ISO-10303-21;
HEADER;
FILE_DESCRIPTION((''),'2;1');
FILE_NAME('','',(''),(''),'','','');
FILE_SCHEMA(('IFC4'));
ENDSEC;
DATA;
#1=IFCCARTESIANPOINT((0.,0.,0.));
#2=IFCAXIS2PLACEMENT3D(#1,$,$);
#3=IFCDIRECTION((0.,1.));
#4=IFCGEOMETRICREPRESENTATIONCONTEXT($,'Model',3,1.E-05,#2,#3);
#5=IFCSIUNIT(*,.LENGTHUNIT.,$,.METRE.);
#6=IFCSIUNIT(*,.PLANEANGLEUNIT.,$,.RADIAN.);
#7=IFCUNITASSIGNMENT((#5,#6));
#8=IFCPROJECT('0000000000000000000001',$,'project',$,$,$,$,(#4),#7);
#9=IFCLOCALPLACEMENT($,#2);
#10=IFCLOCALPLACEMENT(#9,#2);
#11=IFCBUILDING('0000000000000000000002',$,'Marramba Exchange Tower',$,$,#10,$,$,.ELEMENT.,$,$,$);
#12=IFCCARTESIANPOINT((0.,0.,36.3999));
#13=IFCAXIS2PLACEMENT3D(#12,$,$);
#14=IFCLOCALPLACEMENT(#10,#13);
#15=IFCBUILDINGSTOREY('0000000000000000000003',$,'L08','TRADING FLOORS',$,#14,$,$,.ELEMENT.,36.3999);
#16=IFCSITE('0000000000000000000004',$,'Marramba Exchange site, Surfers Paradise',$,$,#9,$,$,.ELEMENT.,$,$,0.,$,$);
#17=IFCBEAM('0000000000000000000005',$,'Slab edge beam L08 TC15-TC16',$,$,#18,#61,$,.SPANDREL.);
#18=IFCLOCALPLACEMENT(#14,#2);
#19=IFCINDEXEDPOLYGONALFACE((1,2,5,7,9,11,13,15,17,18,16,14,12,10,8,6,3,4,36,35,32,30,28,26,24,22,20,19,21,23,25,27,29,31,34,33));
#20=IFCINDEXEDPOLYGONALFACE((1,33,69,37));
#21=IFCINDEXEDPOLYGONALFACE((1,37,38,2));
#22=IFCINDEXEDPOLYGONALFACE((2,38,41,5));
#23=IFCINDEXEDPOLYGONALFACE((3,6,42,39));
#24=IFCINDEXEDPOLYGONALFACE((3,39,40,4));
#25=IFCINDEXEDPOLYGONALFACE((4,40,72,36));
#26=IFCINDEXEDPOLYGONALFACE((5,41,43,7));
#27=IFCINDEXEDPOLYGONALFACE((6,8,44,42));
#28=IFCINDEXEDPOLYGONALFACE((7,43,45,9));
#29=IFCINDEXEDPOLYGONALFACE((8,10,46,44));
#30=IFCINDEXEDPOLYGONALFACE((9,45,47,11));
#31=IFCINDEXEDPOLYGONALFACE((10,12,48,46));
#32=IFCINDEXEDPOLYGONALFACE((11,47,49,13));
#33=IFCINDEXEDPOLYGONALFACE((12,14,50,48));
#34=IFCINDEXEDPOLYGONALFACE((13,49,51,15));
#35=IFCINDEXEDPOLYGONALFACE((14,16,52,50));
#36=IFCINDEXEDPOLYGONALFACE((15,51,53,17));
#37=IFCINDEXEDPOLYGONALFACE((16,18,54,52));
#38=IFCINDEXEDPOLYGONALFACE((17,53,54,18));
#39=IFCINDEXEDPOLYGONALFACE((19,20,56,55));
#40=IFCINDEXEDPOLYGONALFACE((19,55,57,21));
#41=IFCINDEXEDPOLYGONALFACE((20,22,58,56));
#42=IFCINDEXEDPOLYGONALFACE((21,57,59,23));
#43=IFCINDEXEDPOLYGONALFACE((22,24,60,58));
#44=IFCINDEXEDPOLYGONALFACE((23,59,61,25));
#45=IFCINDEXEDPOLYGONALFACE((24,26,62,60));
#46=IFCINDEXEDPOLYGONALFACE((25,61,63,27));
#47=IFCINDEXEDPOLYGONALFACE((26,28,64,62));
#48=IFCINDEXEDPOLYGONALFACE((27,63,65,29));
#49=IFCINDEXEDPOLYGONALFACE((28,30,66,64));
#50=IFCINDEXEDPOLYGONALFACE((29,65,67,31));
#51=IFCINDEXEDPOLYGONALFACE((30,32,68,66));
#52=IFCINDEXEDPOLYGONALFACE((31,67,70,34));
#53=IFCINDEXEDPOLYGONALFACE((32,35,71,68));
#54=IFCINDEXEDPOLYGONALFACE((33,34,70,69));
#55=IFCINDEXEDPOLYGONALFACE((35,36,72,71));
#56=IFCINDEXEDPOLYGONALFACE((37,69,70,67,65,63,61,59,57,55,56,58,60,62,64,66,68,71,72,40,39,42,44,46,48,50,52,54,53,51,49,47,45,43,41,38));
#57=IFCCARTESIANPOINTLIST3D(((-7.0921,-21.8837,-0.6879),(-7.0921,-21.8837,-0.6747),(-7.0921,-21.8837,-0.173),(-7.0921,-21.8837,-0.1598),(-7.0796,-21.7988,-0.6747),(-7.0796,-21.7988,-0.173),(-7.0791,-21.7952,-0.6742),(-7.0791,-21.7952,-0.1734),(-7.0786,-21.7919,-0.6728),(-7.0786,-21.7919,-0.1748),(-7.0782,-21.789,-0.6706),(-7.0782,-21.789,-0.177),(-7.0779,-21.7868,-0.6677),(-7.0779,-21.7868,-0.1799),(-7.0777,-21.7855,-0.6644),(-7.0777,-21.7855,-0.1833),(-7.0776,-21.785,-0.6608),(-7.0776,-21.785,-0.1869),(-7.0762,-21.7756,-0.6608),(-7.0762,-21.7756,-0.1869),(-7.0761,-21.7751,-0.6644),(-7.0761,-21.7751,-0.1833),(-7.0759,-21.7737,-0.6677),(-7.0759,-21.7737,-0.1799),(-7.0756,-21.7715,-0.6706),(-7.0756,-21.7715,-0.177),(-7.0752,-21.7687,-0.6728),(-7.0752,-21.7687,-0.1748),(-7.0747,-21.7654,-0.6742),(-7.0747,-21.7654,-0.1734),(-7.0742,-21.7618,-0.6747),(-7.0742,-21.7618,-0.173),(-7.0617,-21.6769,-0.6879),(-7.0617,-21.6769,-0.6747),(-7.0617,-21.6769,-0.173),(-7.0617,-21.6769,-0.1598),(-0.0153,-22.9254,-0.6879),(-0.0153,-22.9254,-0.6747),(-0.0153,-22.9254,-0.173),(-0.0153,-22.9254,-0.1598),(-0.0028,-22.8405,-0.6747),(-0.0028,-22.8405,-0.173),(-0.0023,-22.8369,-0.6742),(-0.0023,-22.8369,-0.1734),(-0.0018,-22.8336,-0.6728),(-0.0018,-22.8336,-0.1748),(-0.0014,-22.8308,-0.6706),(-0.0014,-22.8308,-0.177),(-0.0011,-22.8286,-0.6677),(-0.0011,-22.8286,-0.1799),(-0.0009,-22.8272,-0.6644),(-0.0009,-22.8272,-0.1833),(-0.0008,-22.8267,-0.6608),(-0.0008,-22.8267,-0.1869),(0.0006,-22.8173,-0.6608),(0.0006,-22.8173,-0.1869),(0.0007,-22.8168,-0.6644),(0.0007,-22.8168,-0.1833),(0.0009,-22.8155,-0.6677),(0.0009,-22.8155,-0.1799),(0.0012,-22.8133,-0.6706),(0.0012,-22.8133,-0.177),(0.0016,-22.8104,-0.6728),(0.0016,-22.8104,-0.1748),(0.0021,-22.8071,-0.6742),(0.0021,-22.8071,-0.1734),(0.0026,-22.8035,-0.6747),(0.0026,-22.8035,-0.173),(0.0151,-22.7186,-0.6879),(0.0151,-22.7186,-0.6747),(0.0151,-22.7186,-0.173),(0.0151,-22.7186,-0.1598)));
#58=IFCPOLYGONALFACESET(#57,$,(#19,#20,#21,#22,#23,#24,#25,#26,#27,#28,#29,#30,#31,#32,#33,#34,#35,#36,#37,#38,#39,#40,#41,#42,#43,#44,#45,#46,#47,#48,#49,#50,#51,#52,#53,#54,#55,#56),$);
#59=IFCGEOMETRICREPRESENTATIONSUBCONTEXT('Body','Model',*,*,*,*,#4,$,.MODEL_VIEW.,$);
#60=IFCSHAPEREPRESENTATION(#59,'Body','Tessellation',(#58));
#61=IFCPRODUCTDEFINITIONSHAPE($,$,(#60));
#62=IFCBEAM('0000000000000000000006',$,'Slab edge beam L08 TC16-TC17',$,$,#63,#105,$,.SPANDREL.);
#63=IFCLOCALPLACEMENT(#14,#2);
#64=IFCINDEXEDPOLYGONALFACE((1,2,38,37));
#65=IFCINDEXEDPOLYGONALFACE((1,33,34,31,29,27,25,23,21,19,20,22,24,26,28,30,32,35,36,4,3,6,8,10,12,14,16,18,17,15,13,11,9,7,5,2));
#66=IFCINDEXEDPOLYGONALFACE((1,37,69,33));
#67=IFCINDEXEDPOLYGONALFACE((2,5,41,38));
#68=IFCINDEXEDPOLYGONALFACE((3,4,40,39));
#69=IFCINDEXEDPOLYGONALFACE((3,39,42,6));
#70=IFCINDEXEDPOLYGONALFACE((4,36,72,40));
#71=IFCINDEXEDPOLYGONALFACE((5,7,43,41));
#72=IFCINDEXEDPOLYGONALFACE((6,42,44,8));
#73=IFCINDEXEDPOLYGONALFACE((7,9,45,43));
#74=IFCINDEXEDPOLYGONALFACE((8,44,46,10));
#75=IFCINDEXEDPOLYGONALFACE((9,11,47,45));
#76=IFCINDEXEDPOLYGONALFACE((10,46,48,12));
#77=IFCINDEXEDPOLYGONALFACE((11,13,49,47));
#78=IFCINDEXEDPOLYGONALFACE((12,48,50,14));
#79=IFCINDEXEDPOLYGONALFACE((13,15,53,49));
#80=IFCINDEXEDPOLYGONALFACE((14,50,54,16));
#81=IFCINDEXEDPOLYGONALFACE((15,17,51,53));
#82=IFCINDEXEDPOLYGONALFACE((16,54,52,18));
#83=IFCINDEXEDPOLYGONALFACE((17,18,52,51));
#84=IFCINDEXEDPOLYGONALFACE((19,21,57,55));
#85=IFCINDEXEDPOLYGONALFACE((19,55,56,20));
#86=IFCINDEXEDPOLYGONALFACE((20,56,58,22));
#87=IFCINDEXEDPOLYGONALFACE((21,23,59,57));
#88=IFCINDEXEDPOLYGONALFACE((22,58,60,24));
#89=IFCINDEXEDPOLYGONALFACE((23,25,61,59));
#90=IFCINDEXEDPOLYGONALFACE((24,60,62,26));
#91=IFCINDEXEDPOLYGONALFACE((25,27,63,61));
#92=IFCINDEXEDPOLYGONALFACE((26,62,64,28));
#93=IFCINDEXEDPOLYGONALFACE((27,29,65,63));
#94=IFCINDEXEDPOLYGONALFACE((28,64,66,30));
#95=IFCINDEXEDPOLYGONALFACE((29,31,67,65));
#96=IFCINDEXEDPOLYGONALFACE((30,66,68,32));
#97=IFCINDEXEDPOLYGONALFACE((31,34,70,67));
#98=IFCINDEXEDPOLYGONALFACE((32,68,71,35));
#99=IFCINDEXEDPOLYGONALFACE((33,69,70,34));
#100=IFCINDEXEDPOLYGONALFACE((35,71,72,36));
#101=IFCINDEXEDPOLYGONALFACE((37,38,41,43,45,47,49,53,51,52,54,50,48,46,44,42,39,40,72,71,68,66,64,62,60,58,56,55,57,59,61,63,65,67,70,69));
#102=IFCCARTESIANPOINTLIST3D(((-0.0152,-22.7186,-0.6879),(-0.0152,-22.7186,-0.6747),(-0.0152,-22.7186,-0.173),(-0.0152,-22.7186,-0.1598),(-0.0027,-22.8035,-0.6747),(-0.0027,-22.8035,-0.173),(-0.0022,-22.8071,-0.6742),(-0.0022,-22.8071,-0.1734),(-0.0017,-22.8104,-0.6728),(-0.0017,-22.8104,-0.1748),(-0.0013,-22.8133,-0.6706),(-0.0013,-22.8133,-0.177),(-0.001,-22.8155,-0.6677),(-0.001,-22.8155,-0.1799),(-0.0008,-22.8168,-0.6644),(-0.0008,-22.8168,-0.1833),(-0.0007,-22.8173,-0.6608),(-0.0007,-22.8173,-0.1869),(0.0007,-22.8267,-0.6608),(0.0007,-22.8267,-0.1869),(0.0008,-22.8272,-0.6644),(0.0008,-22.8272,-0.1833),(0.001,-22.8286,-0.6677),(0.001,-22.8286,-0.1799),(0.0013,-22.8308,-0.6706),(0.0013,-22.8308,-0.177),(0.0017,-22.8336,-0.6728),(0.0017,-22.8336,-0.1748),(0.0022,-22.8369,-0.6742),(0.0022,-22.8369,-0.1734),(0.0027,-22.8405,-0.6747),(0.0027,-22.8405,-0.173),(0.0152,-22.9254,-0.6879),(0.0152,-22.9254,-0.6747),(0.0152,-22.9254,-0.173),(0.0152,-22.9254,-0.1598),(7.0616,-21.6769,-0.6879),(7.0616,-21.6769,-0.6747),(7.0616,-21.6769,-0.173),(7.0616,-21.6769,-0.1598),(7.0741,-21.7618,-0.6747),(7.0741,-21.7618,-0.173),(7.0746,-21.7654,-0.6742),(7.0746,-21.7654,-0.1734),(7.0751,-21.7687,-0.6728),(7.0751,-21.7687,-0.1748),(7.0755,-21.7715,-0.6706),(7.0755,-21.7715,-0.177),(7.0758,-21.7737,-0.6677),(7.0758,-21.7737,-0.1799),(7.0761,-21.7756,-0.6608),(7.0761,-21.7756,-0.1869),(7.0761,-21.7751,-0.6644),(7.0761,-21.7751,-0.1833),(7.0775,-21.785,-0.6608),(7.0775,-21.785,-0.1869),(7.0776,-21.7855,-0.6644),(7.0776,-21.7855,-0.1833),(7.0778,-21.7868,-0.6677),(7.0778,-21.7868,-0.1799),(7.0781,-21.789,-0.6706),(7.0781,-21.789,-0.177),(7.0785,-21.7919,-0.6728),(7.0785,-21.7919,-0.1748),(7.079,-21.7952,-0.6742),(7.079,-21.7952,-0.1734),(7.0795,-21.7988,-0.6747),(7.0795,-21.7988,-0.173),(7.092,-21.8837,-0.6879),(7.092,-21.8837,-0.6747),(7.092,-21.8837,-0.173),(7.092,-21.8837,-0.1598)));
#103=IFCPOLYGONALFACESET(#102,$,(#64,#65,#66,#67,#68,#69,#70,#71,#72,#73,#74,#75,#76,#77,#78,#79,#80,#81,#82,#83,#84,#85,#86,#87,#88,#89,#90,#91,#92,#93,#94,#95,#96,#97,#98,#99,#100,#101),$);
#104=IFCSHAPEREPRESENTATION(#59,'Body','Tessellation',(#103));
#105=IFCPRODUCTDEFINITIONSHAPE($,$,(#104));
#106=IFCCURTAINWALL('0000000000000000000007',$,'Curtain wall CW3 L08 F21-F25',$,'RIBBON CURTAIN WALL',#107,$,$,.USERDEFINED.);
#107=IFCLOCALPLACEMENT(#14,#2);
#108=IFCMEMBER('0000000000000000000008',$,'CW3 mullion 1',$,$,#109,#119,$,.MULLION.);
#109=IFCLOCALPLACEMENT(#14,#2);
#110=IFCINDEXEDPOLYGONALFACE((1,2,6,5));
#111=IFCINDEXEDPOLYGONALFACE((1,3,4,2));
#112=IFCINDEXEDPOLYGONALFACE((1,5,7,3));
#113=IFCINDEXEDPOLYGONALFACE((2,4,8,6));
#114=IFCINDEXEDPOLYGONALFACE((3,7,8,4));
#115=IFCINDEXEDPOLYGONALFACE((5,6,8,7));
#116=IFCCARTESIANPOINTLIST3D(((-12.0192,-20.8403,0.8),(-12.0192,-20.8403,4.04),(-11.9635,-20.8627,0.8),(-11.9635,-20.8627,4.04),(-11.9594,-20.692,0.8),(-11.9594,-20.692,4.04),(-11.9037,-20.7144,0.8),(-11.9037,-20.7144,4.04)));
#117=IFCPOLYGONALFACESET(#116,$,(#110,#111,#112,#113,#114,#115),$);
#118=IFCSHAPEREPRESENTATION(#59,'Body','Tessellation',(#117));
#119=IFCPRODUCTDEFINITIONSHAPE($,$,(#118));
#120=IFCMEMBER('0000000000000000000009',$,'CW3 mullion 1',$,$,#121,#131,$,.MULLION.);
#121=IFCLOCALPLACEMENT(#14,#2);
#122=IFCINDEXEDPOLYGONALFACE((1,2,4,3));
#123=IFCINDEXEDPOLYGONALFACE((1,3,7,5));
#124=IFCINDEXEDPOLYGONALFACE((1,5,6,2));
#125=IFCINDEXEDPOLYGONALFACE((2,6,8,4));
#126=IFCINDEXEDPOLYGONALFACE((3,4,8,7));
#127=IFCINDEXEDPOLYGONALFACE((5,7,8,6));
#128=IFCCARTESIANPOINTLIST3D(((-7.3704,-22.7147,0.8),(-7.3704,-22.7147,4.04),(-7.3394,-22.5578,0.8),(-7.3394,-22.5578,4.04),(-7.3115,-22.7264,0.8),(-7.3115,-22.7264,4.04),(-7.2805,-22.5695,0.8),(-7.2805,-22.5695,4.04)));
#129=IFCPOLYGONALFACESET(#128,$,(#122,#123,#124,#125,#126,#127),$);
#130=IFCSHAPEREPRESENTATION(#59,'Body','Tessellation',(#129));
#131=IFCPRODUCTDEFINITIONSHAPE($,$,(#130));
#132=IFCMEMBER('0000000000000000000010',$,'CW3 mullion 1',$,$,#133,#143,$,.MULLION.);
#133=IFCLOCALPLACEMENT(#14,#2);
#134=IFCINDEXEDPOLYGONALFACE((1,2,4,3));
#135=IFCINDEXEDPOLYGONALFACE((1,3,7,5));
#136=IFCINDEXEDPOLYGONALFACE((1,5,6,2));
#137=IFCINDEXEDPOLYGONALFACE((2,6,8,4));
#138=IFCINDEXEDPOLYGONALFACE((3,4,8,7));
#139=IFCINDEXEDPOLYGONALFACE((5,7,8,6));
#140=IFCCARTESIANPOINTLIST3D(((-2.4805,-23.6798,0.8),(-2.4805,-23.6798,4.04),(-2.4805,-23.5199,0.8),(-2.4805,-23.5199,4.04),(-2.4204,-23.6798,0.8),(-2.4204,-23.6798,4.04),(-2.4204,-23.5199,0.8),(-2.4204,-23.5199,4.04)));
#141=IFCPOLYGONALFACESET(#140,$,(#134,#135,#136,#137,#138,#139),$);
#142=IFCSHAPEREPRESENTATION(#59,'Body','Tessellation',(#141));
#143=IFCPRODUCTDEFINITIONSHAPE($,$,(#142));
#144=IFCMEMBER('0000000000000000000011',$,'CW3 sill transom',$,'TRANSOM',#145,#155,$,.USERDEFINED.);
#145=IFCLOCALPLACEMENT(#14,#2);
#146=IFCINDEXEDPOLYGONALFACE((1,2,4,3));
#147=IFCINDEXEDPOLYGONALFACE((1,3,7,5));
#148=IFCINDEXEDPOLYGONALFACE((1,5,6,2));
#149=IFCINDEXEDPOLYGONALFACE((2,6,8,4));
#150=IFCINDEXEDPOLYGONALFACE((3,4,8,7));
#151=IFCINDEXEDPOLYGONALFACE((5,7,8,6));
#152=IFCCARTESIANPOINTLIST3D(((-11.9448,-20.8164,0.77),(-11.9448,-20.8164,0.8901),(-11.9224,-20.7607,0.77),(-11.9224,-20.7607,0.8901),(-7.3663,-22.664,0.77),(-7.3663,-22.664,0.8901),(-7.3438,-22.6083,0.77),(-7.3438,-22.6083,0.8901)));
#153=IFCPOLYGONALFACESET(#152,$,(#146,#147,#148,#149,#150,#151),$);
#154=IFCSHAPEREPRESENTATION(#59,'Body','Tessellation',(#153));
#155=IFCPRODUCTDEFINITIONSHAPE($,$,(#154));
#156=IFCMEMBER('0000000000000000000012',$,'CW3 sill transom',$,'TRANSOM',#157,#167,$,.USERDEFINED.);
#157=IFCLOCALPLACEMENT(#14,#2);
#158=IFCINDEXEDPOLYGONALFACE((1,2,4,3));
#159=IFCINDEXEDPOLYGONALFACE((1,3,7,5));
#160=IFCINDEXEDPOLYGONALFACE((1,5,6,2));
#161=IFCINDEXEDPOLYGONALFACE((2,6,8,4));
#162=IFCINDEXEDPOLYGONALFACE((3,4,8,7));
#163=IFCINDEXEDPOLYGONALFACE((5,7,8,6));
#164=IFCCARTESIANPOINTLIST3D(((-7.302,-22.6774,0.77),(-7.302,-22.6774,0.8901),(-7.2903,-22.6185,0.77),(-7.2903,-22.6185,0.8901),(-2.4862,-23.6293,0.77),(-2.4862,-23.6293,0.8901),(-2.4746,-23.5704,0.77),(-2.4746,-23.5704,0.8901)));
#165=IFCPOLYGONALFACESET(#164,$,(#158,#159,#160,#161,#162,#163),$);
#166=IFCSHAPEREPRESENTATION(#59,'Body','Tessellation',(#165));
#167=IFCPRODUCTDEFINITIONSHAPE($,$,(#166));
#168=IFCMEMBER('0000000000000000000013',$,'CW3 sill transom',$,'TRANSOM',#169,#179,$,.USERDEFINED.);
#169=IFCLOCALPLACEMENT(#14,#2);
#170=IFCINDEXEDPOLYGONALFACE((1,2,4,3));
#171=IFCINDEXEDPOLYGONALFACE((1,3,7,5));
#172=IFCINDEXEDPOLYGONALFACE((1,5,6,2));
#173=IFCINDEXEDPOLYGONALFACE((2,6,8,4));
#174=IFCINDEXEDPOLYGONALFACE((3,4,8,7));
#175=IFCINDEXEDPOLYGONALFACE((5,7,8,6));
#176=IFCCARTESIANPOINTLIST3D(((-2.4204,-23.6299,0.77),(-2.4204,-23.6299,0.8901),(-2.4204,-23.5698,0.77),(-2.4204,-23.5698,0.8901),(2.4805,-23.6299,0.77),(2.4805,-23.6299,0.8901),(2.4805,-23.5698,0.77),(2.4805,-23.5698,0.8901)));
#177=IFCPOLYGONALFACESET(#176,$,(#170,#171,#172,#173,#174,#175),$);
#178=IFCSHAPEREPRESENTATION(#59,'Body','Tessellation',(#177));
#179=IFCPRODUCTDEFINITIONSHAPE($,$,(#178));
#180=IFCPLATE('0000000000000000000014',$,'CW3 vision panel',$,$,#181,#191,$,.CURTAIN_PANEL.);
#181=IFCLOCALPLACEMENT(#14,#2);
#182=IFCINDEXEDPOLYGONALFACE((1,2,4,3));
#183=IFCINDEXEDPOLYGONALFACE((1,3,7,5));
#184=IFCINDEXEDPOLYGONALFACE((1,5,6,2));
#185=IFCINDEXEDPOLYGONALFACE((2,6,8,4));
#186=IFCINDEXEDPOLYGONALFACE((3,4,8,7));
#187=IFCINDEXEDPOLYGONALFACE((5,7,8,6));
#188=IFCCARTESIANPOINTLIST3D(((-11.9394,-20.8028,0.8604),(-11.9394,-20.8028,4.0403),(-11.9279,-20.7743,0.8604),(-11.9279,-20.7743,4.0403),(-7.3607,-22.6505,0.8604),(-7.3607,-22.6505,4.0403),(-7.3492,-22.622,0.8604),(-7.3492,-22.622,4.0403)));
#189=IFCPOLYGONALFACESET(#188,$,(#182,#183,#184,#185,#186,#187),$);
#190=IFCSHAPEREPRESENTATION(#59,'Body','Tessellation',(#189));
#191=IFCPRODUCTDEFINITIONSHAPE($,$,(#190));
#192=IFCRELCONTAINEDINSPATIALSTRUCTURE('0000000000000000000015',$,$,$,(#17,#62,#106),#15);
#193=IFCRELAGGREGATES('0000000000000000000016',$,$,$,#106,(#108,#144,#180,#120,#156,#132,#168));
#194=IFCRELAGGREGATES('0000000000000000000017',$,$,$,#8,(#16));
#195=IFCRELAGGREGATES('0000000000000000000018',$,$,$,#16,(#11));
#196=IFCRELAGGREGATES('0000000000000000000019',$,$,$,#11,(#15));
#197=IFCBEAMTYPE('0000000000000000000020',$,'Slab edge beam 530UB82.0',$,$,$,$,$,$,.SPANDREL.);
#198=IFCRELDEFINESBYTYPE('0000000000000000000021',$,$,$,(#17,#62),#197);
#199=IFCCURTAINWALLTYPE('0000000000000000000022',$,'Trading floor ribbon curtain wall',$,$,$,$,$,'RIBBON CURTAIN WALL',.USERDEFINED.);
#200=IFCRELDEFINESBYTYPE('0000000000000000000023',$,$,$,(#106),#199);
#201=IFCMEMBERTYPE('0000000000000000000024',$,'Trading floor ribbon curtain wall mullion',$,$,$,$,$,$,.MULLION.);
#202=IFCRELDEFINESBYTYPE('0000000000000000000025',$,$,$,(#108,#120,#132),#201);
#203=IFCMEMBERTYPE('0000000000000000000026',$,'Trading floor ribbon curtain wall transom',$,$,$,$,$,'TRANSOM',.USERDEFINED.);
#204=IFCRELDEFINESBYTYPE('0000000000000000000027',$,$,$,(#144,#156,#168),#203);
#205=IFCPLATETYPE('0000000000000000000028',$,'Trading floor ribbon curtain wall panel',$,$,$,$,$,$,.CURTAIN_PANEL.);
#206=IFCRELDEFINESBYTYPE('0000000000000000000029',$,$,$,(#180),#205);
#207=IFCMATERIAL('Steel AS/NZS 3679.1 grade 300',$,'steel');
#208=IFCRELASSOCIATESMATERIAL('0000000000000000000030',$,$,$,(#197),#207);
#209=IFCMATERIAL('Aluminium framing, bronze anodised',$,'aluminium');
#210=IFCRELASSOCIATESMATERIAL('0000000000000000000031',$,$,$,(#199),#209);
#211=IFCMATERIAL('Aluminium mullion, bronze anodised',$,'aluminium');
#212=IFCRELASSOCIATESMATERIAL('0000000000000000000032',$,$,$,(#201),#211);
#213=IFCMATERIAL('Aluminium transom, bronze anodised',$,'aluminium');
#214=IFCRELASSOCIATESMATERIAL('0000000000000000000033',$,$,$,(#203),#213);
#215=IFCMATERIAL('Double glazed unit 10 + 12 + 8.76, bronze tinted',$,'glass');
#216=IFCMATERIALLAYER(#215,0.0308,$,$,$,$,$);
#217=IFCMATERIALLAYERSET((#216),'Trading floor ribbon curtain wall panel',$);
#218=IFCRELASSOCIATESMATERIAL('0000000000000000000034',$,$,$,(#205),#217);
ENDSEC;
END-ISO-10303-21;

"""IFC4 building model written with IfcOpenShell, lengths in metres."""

from ifc_helpers import new_model, si_unit, direction, frame, origin, origin_2d, place, context, subcontext, project, spatial, rectangle, i_section, extrude, material, layer, layer_set, material_profile, profile_set, type_object, element, aggregate, save


model = new_model("IFC4")

# Units and contexts
model_context = context("Model", 3, precision=1e-05, world=origin(), true_north=direction((0.0, 1.0)))
body_context = subcontext(model_context, "Body", "Model", "MODEL_VIEW")
ifc_project = project(units=[si_unit("LENGTHUNIT", "METRE"), si_unit("PLANEANGLEUNIT", "RADIAN")], contexts=[model_context])

# Site, building, storey
site_placement = place(None, origin())
site = spatial("IfcSite", under=ifc_project, at=site_placement, Name="Marramba Exchange site, Surfers Paradise", CompositionType="ELEMENT", RefElevation=0.0)
building_placement = place(site_placement, origin())
building = spatial("IfcBuilding", under=site, at=building_placement, Name="Marramba Exchange Tower", CompositionType="ELEMENT")
storey_placement = place(building_placement, frame((0.0, 0.0, 36.3999)))
storey = spatial("IfcBuildingStorey", under=building, at=storey_placement, Name="L08", Description="TRADING FLOORS", CompositionType="ELEMENT", Elevation=36.3999)

# Beams
ifc_material_1 = material(Name="Steel AS/NZS 3679.1 grade 300", Category="steel")
ifc_material_profile_1 = material_profile(ifc_material_1, i_section(OverallWidth=0.209, OverallDepth=0.5281, WebThickness=0.0095, FlangeThickness=0.0132, FilletRadius=0.0139, at=origin_2d()), Name="530UB82.0")
ifc_profile_set_1 = profile_set([ifc_material_profile_1], Name="Steel AS/NZS 3679.1 grade 300")
beam_type_1 = type_object("IfcBeamType", Name="Slab edge beam 530UB82.0", PredefinedType="SPANDREL", material=ifc_profile_set_1)
for number, where, z_axis, x_axis, name in (
    (1, (-7.0769, -21.7803, -0.4238), (0.989338, -0.145634, 0.0), (0.145634, 0.989338, 0.0), "Slab edge beam L08 TC15-TC16"),
    (2, (0.0, -22.822, -0.4238), (0.989338, 0.145634, 0.0), (-0.145634, 0.989338, 0.0), "Slab edge beam L08 TC16-TC17"),
):
    element("IfcBeam", number, at=place(storey_placement, frame(where, z_axis=z_axis, x_axis=x_axis)), inside=storey, type_object=beam_type_1, Name=name, PredefinedType="SPANDREL", context=body_context, shape_type="SweptSolid", body=[
        extrude(i_section(OverallWidth=0.209, OverallDepth=0.5281, WebThickness=0.0095, FlangeThickness=0.0132, FilletRadius=0.0139, at=origin_2d()), origin(), (0.0, 0.0, 1.0), 7.1531),
    ])

# Curtain wall, members, plate
ifc_material_2 = material(Name="Aluminium framing, bronze anodised", Category="aluminium")
curtain_wall_type = type_object("IfcCurtainWallType", Name="Trading floor ribbon curtain wall", ElementType="RIBBON CURTAIN WALL", PredefinedType="USERDEFINED", material=ifc_material_2)
curtain_wall_placement = place(storey_placement, origin())
curtain_wall = element("IfcCurtainWall", 3, at=curtain_wall_placement, inside=storey, type_object=curtain_wall_type, Name="Curtain wall CW3 L08 F21-F25", ObjectType="RIBBON CURTAIN WALL", PredefinedType="USERDEFINED")
ifc_material_3 = material(Name="Aluminium mullion, bronze anodised", Category="aluminium")
ifc_material_profile_2 = material_profile(ifc_material_3, rectangle(XDim=0.1599, YDim=0.0601, at=origin_2d()), Name="CW3 mullion 60x160")
ifc_profile_set_2 = profile_set([ifc_material_profile_2], Name="Aluminium mullion, bronze anodised")
member_type_1 = type_object("IfcMemberType", Name="Trading floor ribbon curtain wall mullion", PredefinedType="MULLION", material=ifc_profile_set_2)
member_1_placement = place(storey_placement, frame((-11.9614, -20.7773, 0.8), z_axis=(0.0, 0.0, 1.0), x_axis=(0.374218, 0.927341, 0.0)))
member_1 = element("IfcMember", 4, at=member_1_placement, type_object=member_type_1, Name="CW3 mullion 1", PredefinedType="MULLION", context=body_context, shape_type="SweptSolid", body=[
    extrude(rectangle(XDim=0.1599, YDim=0.0601, at=origin_2d()), origin(), (0.0, 0.0, 1.0), 3.24),
])
member_2_placement = place(storey_placement, frame((-7.3254, -22.6421, 0.8), z_axis=(0.0, 0.0, 1.0), x_axis=(0.193961, 0.981009, 0.0)))
member_2 = element("IfcMember", 5, at=member_2_placement, type_object=member_type_1, Name="CW3 mullion 1", PredefinedType="MULLION", context=body_context, shape_type="SweptSolid", body=[
    extrude(rectangle(XDim=0.1599, YDim=0.0601, at=origin_2d()), origin(), (0.0, 0.0, 1.0), 3.24),
])
member_3_placement = place(storey_placement, frame((-2.4504, -23.5999, 0.8), z_axis=(0.0, 0.0, 1.0), x_axis=(0.0, 1.0, 0.0)))
member_3 = element("IfcMember", 6, at=member_3_placement, type_object=member_type_1, Name="CW3 mullion 1", PredefinedType="MULLION", context=body_context, shape_type="SweptSolid", body=[
    extrude(rectangle(XDim=0.1599, YDim=0.0601, at=origin_2d()), origin(), (0.0, 0.0, 1.0), 3.24),
])
ifc_material_4 = material(Name="Aluminium transom, bronze anodised", Category="aluminium")
ifc_material_profile_3 = material_profile(ifc_material_4, rectangle(XDim=0.0601, YDim=0.1201, at=origin_2d()), Name="CW3 transom 60x120")
ifc_profile_set_3 = profile_set([ifc_material_profile_3], Name="Aluminium transom, bronze anodised")
member_type_2 = type_object("IfcMemberType", Name="Trading floor ribbon curtain wall transom", ElementType="TRANSOM", PredefinedType="USERDEFINED", material=ifc_profile_set_3)
member_4_placement = place(storey_placement, frame((-11.9336, -20.7886, 0.8301), z_axis=(0.92734, -0.374219, 0.0), x_axis=(0.374219, 0.92734, 0.0)))
member_4 = element("IfcMember", 7, at=member_4_placement, type_object=member_type_2, Name="CW3 sill transom", ObjectType="TRANSOM", PredefinedType="USERDEFINED", context=body_context, shape_type="SweptSolid", body=[
    extrude(rectangle(XDim=0.0601, YDim=0.1201, at=origin_2d()), origin(), (0.0, 0.0, 1.0), 4.9373),
])
member_5_placement = place(storey_placement, frame((-7.2961, -22.6479, 0.8301), z_axis=(0.981018, -0.193916, 0.0), x_axis=(0.193916, 0.981018, 0.0)))
member_5 = element("IfcMember", 8, at=member_5_placement, type_object=member_type_2, Name="CW3 sill transom", ObjectType="TRANSOM", PredefinedType="USERDEFINED", context=body_context, shape_type="SweptSolid", body=[
    extrude(rectangle(XDim=0.0601, YDim=0.1201, at=origin_2d()), origin(), (0.0, 0.0, 1.0), 4.9089),
])
member_6_placement = place(storey_placement, frame((-2.4204, -23.5999, 0.8301), z_axis=(1.0, 0.0, 0.0), x_axis=(0.0, 1.0, 0.0)))
member_6 = element("IfcMember", 9, at=member_6_placement, type_object=member_type_2, Name="CW3 sill transom", ObjectType="TRANSOM", PredefinedType="USERDEFINED", context=body_context, shape_type="SweptSolid", body=[
    extrude(rectangle(XDim=0.0601, YDim=0.1201, at=origin_2d()), origin(), (0.0, 0.0, 1.0), 4.9009),
])
ifc_material_5 = material(Name="Double glazed unit 10 + 12 + 8.76, bronze tinted", Category="glass")
ifc_layer_1 = layer(ifc_material_5, 0.0308)
ifc_layer_set_1 = layer_set([ifc_layer_1], Name="Trading floor ribbon curtain wall panel")
plate_type = type_object("IfcPlateType", Name="Trading floor ribbon curtain wall panel", PredefinedType="CURTAIN_PANEL", material=ifc_layer_set_1)
plate_1_placement = place(storey_placement, frame((-9.6443, -21.7124, 0.8604), z_axis=(0.0, 0.0, 1.0), x_axis=(0.927341, -0.374218, 0.0)))
plate_1 = element("IfcPlate", 10, at=plate_1_placement, type_object=plate_type, Name="CW3 vision panel", PredefinedType="CURTAIN_PANEL", context=body_context, shape_type="SweptSolid", body=[
    extrude(rectangle(XDim=4.9375, YDim=0.0308, at=origin_2d()), origin(), (0.0, 0.0, 1.0), 3.1799),
])
aggregate(curtain_wall, [member_1, member_4, plate_1, member_2, member_5, member_3, member_6])

save(model, "model.ifc")
